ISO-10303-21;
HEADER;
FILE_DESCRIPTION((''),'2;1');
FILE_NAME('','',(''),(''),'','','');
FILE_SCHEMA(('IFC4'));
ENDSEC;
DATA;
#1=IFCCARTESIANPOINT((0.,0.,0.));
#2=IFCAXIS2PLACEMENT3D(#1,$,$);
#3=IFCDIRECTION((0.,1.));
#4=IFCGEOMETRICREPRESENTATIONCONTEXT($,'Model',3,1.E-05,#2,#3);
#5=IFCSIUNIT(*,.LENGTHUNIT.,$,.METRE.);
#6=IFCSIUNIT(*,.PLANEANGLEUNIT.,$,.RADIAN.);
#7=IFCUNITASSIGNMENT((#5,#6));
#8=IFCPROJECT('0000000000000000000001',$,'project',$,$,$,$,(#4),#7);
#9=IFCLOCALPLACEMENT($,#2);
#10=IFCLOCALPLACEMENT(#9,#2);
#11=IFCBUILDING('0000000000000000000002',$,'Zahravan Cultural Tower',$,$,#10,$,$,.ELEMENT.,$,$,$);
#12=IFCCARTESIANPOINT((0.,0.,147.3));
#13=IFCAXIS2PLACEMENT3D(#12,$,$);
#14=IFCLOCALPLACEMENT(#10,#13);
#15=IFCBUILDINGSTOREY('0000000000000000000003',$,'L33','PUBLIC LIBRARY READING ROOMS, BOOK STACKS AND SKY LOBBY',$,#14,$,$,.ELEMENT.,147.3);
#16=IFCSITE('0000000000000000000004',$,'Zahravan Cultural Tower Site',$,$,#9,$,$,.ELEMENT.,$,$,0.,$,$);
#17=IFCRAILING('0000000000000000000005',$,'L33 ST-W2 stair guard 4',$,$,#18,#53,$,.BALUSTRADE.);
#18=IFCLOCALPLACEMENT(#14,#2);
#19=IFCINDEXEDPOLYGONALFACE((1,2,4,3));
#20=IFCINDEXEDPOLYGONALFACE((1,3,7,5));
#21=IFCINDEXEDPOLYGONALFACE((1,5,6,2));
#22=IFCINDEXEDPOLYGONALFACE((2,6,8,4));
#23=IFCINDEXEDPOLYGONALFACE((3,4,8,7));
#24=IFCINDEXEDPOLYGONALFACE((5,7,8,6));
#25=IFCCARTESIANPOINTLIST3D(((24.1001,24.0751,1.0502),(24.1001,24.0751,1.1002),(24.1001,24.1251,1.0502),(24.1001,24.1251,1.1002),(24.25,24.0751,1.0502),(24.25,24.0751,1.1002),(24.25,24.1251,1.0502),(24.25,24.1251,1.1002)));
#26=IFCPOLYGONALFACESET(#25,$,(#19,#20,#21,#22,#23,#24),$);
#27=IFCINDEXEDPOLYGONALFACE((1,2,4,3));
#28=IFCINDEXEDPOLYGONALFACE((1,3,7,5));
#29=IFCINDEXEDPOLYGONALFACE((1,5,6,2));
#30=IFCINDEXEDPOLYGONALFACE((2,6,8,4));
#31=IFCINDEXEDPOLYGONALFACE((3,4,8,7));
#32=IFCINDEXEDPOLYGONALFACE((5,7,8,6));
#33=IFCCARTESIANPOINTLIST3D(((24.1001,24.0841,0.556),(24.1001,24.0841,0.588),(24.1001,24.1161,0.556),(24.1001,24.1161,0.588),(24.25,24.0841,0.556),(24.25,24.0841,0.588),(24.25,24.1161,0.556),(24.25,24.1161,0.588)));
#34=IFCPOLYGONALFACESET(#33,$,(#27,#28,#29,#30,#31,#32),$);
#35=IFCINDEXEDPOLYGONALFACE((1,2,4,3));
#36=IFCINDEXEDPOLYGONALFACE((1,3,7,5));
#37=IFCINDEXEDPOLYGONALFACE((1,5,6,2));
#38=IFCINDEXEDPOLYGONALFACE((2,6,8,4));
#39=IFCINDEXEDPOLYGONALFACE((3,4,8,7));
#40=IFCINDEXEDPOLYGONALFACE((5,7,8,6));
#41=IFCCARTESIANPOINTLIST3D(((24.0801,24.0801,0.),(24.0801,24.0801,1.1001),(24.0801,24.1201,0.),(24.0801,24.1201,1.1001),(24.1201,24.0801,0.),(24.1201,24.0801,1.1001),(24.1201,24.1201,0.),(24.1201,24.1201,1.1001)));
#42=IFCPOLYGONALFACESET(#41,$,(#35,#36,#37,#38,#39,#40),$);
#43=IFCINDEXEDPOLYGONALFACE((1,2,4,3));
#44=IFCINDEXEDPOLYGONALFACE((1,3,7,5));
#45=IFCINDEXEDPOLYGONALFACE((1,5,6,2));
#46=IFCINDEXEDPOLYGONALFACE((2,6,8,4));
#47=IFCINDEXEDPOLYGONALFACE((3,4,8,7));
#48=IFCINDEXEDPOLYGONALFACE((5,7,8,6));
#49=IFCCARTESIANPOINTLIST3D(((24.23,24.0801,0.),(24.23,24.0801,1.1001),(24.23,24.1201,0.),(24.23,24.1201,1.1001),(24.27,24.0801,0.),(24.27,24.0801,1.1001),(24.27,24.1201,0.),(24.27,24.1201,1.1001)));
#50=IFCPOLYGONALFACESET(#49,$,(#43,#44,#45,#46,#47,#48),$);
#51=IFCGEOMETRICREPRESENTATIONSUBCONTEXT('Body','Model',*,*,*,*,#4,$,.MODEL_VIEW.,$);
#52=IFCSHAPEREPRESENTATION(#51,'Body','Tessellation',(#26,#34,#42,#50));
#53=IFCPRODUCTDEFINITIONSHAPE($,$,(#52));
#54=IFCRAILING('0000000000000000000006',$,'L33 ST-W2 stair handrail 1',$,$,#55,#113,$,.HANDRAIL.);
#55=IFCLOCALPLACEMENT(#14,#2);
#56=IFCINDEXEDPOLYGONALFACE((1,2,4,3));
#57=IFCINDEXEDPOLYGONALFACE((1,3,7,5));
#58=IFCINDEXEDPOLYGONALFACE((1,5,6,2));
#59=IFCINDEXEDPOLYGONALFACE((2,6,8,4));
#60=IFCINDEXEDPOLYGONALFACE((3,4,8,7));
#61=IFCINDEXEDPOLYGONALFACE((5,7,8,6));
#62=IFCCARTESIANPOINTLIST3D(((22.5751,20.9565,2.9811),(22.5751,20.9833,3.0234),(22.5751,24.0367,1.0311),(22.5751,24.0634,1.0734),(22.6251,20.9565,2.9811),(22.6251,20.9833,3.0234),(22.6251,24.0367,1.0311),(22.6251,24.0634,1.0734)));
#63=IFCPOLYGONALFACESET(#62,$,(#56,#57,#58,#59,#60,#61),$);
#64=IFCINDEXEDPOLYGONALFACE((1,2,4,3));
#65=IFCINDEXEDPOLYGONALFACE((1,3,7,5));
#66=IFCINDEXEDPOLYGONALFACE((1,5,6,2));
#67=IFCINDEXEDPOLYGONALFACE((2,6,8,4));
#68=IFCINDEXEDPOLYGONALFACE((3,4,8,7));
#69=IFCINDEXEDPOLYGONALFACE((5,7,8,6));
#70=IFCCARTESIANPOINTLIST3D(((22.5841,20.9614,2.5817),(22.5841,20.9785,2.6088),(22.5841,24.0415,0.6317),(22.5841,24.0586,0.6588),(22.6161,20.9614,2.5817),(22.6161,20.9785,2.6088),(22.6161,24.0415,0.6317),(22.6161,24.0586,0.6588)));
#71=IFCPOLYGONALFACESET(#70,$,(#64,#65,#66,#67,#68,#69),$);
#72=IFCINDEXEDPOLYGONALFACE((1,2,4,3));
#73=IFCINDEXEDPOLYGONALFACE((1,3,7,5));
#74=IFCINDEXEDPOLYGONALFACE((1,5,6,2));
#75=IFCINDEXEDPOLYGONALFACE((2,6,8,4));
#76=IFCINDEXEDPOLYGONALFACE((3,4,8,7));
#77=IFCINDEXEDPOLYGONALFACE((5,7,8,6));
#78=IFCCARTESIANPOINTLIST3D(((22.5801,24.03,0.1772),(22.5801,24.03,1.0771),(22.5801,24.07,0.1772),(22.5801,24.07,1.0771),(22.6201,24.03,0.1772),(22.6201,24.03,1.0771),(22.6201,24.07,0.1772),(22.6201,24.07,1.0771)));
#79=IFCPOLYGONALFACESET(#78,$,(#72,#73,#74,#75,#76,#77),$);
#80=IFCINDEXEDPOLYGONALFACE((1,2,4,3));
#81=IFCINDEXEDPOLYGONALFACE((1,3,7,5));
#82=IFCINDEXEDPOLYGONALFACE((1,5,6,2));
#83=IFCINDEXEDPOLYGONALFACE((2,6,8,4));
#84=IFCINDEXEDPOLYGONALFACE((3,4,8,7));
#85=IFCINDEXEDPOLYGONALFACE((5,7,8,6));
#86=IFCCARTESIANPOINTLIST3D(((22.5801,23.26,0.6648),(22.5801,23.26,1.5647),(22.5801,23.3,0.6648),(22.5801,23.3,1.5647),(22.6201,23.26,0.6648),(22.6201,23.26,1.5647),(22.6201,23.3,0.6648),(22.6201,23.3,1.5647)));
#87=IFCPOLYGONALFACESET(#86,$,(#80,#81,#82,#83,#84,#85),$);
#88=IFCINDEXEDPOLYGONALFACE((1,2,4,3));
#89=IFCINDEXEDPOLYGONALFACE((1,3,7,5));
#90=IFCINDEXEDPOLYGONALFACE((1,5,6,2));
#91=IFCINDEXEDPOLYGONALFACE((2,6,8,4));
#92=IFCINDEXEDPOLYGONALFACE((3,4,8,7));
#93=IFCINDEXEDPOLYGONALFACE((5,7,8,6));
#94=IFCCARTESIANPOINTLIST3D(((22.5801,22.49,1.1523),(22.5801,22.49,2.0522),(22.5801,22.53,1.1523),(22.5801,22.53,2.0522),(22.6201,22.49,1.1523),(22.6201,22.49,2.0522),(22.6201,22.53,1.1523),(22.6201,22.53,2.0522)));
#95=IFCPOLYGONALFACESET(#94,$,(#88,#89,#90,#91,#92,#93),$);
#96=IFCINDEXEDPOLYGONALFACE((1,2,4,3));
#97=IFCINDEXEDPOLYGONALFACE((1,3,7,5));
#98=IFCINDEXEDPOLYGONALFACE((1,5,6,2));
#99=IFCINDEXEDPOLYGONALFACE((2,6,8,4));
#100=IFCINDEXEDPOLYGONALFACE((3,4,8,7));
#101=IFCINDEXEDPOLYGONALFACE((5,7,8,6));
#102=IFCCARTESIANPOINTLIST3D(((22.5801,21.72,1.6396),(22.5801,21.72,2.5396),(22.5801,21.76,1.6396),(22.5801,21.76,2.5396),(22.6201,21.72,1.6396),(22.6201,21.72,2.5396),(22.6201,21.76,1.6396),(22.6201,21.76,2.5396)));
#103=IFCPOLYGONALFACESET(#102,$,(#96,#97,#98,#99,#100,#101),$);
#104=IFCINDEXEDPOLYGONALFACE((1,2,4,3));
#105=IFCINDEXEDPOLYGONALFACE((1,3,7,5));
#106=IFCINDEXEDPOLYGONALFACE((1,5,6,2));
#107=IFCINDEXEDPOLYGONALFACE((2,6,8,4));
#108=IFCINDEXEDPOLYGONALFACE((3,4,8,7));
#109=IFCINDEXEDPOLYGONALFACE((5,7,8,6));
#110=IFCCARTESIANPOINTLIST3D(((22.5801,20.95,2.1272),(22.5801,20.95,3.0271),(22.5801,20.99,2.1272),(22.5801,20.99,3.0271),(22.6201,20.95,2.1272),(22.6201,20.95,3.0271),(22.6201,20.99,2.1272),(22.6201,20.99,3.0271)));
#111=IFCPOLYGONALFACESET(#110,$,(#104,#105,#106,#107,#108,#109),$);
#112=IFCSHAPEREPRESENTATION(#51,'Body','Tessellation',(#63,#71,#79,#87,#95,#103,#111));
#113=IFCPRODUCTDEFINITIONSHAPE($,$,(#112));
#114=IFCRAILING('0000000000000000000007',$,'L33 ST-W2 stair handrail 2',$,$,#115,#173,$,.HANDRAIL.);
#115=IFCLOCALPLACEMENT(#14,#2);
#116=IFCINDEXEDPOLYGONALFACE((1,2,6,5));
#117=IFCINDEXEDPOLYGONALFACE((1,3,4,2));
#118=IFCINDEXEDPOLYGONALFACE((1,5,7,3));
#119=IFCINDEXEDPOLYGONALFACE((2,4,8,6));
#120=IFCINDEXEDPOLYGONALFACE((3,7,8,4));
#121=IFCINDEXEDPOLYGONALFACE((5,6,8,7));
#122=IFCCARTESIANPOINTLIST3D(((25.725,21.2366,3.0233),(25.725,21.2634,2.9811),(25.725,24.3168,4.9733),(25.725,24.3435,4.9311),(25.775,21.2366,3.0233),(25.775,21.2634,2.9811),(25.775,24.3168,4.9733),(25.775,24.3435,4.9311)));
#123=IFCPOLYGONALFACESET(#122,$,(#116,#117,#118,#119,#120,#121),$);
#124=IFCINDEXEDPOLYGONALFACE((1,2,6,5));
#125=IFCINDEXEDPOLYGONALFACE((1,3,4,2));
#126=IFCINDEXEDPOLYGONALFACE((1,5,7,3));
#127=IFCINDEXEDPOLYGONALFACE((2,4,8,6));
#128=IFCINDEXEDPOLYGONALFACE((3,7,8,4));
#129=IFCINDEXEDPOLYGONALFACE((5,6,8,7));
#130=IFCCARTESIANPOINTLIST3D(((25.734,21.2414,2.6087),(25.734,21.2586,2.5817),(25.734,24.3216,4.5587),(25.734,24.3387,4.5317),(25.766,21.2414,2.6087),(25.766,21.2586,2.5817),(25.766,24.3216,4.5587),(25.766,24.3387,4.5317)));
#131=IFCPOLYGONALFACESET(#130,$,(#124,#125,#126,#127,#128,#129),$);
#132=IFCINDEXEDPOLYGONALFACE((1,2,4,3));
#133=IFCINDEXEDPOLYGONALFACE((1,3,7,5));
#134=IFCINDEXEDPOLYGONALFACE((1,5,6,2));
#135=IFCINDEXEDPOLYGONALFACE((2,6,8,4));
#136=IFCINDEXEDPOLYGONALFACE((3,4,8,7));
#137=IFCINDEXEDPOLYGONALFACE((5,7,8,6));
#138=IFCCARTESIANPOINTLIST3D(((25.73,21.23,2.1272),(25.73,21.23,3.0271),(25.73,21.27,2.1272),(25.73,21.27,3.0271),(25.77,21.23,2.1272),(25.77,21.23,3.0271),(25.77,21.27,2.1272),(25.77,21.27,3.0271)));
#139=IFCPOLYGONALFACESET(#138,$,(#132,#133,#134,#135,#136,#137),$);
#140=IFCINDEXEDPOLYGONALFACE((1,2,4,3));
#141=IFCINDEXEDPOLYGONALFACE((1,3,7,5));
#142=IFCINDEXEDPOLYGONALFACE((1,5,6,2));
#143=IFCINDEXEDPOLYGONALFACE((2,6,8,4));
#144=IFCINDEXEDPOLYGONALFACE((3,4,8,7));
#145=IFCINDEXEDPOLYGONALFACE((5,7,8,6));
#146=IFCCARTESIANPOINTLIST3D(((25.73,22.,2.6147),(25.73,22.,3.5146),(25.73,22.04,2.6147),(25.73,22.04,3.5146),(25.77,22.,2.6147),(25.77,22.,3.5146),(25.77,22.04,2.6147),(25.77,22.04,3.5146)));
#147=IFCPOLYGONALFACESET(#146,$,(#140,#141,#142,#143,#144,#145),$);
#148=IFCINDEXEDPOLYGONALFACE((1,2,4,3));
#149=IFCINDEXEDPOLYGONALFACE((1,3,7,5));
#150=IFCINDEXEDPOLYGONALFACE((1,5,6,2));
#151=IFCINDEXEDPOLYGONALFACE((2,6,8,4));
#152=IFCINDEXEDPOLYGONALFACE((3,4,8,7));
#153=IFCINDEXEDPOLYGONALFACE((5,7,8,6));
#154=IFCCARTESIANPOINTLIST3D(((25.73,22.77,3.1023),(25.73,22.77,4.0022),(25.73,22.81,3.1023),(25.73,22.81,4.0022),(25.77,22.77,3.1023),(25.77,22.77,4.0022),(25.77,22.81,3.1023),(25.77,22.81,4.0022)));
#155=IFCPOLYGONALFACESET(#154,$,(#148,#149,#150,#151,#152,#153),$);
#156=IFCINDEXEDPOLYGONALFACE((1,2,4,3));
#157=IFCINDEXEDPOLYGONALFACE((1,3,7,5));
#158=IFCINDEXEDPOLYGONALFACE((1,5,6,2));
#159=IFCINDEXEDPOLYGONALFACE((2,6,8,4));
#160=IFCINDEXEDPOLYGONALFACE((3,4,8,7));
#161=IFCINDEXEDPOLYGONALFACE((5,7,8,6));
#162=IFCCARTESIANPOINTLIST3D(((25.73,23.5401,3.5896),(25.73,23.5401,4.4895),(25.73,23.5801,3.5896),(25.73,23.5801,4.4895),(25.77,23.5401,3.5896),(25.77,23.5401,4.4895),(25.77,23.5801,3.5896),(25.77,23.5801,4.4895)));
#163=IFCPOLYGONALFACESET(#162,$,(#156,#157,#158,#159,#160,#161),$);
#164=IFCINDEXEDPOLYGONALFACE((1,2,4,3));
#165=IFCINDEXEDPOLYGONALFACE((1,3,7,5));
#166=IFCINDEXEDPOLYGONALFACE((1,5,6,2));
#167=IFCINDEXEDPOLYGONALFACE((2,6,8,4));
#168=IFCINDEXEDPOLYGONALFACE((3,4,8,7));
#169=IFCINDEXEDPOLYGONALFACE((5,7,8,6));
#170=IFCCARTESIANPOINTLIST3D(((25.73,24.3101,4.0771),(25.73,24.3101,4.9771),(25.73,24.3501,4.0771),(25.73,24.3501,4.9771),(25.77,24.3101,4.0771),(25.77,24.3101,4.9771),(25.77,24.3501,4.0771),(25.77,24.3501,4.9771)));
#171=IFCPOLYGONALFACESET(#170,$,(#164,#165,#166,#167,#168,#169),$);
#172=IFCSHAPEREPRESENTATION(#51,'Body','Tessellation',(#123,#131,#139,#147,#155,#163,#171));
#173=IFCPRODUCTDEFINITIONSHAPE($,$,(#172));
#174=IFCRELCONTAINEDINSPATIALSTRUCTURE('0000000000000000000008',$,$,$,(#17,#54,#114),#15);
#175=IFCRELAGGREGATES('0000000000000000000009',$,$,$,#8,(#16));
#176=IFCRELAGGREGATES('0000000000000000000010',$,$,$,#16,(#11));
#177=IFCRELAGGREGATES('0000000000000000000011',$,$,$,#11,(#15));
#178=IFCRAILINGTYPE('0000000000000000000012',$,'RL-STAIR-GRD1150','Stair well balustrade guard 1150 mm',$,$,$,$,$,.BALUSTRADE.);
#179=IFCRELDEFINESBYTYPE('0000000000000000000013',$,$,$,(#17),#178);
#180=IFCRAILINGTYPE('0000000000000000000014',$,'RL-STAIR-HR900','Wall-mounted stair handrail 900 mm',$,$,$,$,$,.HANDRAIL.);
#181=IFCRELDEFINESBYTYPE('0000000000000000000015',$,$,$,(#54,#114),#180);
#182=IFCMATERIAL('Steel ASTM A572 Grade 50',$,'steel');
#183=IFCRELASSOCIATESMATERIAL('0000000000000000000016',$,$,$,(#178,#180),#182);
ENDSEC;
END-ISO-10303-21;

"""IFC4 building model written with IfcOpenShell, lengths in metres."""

from ifc_helpers import new_model, si_unit, direction, frame, origin, origin_2d, place, context, subcontext, project, spatial, rectangle, extrude, material, type_object, element, save


model = new_model("IFC4")

# Units and contexts
model_context = context("Model", 3, precision=1e-05, world=origin(), true_north=direction((0.0, 1.0)))
body_context = subcontext(model_context, "Body", "Model", "MODEL_VIEW")
ifc_project = project(units=[si_unit("LENGTHUNIT", "METRE"), si_unit("PLANEANGLEUNIT", "RADIAN")], contexts=[model_context])

# Site, building, storey
site_placement = place(None, origin())
site = spatial("IfcSite", under=ifc_project, at=site_placement, Name="Zahravan Cultural Tower Site", CompositionType="ELEMENT", RefElevation=0.0)
building_placement = place(site_placement, origin())
building = spatial("IfcBuilding", under=site, at=building_placement, Name="Zahravan Cultural Tower", CompositionType="ELEMENT")
storey_placement = place(building_placement, frame((0.0, 0.0, 147.3)))
storey = spatial("IfcBuildingStorey", under=building, at=storey_placement, Name="L33", Description="PUBLIC LIBRARY READING ROOMS, BOOK STACKS AND SKY LOBBY", CompositionType="ELEMENT", Elevation=147.3)

# Shared definitions
ifc_material_1 = material(Name="Steel ASTM A572 Grade 50", Category="steel")

# Railings
railing_type_1 = type_object("IfcRailingType", Name="RL-STAIR-GRD1150", Description="Stair well balustrade guard 1150 mm", PredefinedType="BALUSTRADE", material=ifc_material_1)
railing_1_placement = place(storey_placement, frame((24.1001, 24.1001, 0.0)))
element("IfcRailing", 1, at=railing_1_placement, inside=storey, type_object=railing_type_1, Name="L33 ST-W2 stair guard 4", PredefinedType="BALUSTRADE", context=body_context, shape_type="SweptSolid", body=[
    extrude(rectangle(XDim=0.05, YDim=0.05, at=origin_2d()), frame((0.0, 0.0, 1.0752), z_axis=(1.0, 0.0, 0.0), x_axis=(0.0, 1.0, 0.0)), (0.0, 0.0, 1.0), 0.1499),
    extrude(rectangle(XDim=0.032, YDim=0.032, at=origin_2d()), frame((0.0, 0.0, 0.572), z_axis=(1.0, 0.0, 0.0), x_axis=(0.0, 1.0, 0.0)), (0.0, 0.0, 1.0), 0.1499),
    extrude(rectangle(XDim=0.04, YDim=0.04, at=origin_2d()), origin(), (0.0, 0.0, 1.0), 1.1001),
    extrude(rectangle(XDim=0.04, YDim=0.04, at=origin_2d()), frame((0.1499, 0.0, 0.0)), (0.0, 0.0, 1.0), 1.1001),
])
railing_type_2 = type_object("IfcRailingType", Name="RL-STAIR-HR900", Description="Wall-mounted stair handrail 900 mm", PredefinedType="HANDRAIL", material=ifc_material_1)
railing_2_placement = place(storey_placement, frame((22.6001, 24.05, 0.1772)))
element("IfcRailing", 2, at=railing_2_placement, inside=storey, type_object=railing_type_2, Name="L33 ST-W2 stair handrail 1", PredefinedType="HANDRAIL", context=body_context, shape_type="SweptSolid", body=[
    extrude(rectangle(XDim=0.05, YDim=0.05, at=origin_2d()), frame((0.0, 0.0, 0.875), z_axis=(0.0, -0.844914, 0.534902), x_axis=(1.0, 0.0, 0.0)), (0.0, 0.0, 1.0), 3.6455),
    extrude(rectangle(XDim=0.032, YDim=0.032, at=origin_2d()), frame((0.0, 0.0, 0.468), z_axis=(0.0, -0.844914, 0.534902), x_axis=(1.0, 0.0, 0.0)), (0.0, 0.0, 1.0), 3.6455),
    extrude(rectangle(XDim=0.04, YDim=0.04, at=origin_2d()), origin(), (0.0, 0.0, 1.0), 0.8999),
    extrude(rectangle(XDim=0.04, YDim=0.04, at=origin_2d()), frame((0.0, -0.77, 0.4875)), (0.0, 0.0, 1.0), 0.8999),
    extrude(rectangle(XDim=0.04, YDim=0.04, at=origin_2d()), frame((0.0, -1.54, 0.9751)), (0.0, 0.0, 1.0), 0.8999),
    extrude(rectangle(XDim=0.04, YDim=0.04, at=origin_2d()), frame((0.0, -2.3101, 1.4624)), (0.0, 0.0, 1.0), 0.8999),
    extrude(rectangle(XDim=0.04, YDim=0.04, at=origin_2d()), frame((0.0, -3.0801, 1.95)), (0.0, 0.0, 1.0), 0.8999),
])
railing_3_placement = place(storey_placement, frame((25.75, 21.25, 2.1272)))
element("IfcRailing", 3, at=railing_3_placement, inside=storey, type_object=railing_type_2, Name="L33 ST-W2 stair handrail 2", PredefinedType="HANDRAIL", context=body_context, shape_type="SweptSolid", body=[
    extrude(rectangle(XDim=0.05, YDim=0.05, at=origin_2d()), frame((0.0, 0.0, 0.875), z_axis=(0.0, 0.844914, 0.534902), x_axis=(-1.0, 0.0, 0.0)), (0.0, 0.0, 1.0), 3.6455),
    extrude(rectangle(XDim=0.032, YDim=0.032, at=origin_2d()), frame((0.0, 0.0, 0.468), z_axis=(0.0, 0.844914, 0.534902), x_axis=(-1.0, 0.0, 0.0)), (0.0, 0.0, 1.0), 3.6455),
    extrude(rectangle(XDim=0.04, YDim=0.04, at=origin_2d()), origin(), (0.0, 0.0, 1.0), 0.8999),
    extrude(rectangle(XDim=0.04, YDim=0.04, at=origin_2d()), frame((0.0, 0.77, 0.4875)), (0.0, 0.0, 1.0), 0.8999),
    extrude(rectangle(XDim=0.04, YDim=0.04, at=origin_2d()), frame((0.0, 1.54, 0.9751)), (0.0, 0.0, 1.0), 0.8999),
    extrude(rectangle(XDim=0.04, YDim=0.04, at=origin_2d()), frame((0.0, 2.3101, 1.4624)), (0.0, 0.0, 1.0), 0.8999),
    extrude(rectangle(XDim=0.04, YDim=0.04, at=origin_2d()), frame((0.0, 3.0801, 1.95)), (0.0, 0.0, 1.0), 0.8999),
])

save(model, "model.ifc")
